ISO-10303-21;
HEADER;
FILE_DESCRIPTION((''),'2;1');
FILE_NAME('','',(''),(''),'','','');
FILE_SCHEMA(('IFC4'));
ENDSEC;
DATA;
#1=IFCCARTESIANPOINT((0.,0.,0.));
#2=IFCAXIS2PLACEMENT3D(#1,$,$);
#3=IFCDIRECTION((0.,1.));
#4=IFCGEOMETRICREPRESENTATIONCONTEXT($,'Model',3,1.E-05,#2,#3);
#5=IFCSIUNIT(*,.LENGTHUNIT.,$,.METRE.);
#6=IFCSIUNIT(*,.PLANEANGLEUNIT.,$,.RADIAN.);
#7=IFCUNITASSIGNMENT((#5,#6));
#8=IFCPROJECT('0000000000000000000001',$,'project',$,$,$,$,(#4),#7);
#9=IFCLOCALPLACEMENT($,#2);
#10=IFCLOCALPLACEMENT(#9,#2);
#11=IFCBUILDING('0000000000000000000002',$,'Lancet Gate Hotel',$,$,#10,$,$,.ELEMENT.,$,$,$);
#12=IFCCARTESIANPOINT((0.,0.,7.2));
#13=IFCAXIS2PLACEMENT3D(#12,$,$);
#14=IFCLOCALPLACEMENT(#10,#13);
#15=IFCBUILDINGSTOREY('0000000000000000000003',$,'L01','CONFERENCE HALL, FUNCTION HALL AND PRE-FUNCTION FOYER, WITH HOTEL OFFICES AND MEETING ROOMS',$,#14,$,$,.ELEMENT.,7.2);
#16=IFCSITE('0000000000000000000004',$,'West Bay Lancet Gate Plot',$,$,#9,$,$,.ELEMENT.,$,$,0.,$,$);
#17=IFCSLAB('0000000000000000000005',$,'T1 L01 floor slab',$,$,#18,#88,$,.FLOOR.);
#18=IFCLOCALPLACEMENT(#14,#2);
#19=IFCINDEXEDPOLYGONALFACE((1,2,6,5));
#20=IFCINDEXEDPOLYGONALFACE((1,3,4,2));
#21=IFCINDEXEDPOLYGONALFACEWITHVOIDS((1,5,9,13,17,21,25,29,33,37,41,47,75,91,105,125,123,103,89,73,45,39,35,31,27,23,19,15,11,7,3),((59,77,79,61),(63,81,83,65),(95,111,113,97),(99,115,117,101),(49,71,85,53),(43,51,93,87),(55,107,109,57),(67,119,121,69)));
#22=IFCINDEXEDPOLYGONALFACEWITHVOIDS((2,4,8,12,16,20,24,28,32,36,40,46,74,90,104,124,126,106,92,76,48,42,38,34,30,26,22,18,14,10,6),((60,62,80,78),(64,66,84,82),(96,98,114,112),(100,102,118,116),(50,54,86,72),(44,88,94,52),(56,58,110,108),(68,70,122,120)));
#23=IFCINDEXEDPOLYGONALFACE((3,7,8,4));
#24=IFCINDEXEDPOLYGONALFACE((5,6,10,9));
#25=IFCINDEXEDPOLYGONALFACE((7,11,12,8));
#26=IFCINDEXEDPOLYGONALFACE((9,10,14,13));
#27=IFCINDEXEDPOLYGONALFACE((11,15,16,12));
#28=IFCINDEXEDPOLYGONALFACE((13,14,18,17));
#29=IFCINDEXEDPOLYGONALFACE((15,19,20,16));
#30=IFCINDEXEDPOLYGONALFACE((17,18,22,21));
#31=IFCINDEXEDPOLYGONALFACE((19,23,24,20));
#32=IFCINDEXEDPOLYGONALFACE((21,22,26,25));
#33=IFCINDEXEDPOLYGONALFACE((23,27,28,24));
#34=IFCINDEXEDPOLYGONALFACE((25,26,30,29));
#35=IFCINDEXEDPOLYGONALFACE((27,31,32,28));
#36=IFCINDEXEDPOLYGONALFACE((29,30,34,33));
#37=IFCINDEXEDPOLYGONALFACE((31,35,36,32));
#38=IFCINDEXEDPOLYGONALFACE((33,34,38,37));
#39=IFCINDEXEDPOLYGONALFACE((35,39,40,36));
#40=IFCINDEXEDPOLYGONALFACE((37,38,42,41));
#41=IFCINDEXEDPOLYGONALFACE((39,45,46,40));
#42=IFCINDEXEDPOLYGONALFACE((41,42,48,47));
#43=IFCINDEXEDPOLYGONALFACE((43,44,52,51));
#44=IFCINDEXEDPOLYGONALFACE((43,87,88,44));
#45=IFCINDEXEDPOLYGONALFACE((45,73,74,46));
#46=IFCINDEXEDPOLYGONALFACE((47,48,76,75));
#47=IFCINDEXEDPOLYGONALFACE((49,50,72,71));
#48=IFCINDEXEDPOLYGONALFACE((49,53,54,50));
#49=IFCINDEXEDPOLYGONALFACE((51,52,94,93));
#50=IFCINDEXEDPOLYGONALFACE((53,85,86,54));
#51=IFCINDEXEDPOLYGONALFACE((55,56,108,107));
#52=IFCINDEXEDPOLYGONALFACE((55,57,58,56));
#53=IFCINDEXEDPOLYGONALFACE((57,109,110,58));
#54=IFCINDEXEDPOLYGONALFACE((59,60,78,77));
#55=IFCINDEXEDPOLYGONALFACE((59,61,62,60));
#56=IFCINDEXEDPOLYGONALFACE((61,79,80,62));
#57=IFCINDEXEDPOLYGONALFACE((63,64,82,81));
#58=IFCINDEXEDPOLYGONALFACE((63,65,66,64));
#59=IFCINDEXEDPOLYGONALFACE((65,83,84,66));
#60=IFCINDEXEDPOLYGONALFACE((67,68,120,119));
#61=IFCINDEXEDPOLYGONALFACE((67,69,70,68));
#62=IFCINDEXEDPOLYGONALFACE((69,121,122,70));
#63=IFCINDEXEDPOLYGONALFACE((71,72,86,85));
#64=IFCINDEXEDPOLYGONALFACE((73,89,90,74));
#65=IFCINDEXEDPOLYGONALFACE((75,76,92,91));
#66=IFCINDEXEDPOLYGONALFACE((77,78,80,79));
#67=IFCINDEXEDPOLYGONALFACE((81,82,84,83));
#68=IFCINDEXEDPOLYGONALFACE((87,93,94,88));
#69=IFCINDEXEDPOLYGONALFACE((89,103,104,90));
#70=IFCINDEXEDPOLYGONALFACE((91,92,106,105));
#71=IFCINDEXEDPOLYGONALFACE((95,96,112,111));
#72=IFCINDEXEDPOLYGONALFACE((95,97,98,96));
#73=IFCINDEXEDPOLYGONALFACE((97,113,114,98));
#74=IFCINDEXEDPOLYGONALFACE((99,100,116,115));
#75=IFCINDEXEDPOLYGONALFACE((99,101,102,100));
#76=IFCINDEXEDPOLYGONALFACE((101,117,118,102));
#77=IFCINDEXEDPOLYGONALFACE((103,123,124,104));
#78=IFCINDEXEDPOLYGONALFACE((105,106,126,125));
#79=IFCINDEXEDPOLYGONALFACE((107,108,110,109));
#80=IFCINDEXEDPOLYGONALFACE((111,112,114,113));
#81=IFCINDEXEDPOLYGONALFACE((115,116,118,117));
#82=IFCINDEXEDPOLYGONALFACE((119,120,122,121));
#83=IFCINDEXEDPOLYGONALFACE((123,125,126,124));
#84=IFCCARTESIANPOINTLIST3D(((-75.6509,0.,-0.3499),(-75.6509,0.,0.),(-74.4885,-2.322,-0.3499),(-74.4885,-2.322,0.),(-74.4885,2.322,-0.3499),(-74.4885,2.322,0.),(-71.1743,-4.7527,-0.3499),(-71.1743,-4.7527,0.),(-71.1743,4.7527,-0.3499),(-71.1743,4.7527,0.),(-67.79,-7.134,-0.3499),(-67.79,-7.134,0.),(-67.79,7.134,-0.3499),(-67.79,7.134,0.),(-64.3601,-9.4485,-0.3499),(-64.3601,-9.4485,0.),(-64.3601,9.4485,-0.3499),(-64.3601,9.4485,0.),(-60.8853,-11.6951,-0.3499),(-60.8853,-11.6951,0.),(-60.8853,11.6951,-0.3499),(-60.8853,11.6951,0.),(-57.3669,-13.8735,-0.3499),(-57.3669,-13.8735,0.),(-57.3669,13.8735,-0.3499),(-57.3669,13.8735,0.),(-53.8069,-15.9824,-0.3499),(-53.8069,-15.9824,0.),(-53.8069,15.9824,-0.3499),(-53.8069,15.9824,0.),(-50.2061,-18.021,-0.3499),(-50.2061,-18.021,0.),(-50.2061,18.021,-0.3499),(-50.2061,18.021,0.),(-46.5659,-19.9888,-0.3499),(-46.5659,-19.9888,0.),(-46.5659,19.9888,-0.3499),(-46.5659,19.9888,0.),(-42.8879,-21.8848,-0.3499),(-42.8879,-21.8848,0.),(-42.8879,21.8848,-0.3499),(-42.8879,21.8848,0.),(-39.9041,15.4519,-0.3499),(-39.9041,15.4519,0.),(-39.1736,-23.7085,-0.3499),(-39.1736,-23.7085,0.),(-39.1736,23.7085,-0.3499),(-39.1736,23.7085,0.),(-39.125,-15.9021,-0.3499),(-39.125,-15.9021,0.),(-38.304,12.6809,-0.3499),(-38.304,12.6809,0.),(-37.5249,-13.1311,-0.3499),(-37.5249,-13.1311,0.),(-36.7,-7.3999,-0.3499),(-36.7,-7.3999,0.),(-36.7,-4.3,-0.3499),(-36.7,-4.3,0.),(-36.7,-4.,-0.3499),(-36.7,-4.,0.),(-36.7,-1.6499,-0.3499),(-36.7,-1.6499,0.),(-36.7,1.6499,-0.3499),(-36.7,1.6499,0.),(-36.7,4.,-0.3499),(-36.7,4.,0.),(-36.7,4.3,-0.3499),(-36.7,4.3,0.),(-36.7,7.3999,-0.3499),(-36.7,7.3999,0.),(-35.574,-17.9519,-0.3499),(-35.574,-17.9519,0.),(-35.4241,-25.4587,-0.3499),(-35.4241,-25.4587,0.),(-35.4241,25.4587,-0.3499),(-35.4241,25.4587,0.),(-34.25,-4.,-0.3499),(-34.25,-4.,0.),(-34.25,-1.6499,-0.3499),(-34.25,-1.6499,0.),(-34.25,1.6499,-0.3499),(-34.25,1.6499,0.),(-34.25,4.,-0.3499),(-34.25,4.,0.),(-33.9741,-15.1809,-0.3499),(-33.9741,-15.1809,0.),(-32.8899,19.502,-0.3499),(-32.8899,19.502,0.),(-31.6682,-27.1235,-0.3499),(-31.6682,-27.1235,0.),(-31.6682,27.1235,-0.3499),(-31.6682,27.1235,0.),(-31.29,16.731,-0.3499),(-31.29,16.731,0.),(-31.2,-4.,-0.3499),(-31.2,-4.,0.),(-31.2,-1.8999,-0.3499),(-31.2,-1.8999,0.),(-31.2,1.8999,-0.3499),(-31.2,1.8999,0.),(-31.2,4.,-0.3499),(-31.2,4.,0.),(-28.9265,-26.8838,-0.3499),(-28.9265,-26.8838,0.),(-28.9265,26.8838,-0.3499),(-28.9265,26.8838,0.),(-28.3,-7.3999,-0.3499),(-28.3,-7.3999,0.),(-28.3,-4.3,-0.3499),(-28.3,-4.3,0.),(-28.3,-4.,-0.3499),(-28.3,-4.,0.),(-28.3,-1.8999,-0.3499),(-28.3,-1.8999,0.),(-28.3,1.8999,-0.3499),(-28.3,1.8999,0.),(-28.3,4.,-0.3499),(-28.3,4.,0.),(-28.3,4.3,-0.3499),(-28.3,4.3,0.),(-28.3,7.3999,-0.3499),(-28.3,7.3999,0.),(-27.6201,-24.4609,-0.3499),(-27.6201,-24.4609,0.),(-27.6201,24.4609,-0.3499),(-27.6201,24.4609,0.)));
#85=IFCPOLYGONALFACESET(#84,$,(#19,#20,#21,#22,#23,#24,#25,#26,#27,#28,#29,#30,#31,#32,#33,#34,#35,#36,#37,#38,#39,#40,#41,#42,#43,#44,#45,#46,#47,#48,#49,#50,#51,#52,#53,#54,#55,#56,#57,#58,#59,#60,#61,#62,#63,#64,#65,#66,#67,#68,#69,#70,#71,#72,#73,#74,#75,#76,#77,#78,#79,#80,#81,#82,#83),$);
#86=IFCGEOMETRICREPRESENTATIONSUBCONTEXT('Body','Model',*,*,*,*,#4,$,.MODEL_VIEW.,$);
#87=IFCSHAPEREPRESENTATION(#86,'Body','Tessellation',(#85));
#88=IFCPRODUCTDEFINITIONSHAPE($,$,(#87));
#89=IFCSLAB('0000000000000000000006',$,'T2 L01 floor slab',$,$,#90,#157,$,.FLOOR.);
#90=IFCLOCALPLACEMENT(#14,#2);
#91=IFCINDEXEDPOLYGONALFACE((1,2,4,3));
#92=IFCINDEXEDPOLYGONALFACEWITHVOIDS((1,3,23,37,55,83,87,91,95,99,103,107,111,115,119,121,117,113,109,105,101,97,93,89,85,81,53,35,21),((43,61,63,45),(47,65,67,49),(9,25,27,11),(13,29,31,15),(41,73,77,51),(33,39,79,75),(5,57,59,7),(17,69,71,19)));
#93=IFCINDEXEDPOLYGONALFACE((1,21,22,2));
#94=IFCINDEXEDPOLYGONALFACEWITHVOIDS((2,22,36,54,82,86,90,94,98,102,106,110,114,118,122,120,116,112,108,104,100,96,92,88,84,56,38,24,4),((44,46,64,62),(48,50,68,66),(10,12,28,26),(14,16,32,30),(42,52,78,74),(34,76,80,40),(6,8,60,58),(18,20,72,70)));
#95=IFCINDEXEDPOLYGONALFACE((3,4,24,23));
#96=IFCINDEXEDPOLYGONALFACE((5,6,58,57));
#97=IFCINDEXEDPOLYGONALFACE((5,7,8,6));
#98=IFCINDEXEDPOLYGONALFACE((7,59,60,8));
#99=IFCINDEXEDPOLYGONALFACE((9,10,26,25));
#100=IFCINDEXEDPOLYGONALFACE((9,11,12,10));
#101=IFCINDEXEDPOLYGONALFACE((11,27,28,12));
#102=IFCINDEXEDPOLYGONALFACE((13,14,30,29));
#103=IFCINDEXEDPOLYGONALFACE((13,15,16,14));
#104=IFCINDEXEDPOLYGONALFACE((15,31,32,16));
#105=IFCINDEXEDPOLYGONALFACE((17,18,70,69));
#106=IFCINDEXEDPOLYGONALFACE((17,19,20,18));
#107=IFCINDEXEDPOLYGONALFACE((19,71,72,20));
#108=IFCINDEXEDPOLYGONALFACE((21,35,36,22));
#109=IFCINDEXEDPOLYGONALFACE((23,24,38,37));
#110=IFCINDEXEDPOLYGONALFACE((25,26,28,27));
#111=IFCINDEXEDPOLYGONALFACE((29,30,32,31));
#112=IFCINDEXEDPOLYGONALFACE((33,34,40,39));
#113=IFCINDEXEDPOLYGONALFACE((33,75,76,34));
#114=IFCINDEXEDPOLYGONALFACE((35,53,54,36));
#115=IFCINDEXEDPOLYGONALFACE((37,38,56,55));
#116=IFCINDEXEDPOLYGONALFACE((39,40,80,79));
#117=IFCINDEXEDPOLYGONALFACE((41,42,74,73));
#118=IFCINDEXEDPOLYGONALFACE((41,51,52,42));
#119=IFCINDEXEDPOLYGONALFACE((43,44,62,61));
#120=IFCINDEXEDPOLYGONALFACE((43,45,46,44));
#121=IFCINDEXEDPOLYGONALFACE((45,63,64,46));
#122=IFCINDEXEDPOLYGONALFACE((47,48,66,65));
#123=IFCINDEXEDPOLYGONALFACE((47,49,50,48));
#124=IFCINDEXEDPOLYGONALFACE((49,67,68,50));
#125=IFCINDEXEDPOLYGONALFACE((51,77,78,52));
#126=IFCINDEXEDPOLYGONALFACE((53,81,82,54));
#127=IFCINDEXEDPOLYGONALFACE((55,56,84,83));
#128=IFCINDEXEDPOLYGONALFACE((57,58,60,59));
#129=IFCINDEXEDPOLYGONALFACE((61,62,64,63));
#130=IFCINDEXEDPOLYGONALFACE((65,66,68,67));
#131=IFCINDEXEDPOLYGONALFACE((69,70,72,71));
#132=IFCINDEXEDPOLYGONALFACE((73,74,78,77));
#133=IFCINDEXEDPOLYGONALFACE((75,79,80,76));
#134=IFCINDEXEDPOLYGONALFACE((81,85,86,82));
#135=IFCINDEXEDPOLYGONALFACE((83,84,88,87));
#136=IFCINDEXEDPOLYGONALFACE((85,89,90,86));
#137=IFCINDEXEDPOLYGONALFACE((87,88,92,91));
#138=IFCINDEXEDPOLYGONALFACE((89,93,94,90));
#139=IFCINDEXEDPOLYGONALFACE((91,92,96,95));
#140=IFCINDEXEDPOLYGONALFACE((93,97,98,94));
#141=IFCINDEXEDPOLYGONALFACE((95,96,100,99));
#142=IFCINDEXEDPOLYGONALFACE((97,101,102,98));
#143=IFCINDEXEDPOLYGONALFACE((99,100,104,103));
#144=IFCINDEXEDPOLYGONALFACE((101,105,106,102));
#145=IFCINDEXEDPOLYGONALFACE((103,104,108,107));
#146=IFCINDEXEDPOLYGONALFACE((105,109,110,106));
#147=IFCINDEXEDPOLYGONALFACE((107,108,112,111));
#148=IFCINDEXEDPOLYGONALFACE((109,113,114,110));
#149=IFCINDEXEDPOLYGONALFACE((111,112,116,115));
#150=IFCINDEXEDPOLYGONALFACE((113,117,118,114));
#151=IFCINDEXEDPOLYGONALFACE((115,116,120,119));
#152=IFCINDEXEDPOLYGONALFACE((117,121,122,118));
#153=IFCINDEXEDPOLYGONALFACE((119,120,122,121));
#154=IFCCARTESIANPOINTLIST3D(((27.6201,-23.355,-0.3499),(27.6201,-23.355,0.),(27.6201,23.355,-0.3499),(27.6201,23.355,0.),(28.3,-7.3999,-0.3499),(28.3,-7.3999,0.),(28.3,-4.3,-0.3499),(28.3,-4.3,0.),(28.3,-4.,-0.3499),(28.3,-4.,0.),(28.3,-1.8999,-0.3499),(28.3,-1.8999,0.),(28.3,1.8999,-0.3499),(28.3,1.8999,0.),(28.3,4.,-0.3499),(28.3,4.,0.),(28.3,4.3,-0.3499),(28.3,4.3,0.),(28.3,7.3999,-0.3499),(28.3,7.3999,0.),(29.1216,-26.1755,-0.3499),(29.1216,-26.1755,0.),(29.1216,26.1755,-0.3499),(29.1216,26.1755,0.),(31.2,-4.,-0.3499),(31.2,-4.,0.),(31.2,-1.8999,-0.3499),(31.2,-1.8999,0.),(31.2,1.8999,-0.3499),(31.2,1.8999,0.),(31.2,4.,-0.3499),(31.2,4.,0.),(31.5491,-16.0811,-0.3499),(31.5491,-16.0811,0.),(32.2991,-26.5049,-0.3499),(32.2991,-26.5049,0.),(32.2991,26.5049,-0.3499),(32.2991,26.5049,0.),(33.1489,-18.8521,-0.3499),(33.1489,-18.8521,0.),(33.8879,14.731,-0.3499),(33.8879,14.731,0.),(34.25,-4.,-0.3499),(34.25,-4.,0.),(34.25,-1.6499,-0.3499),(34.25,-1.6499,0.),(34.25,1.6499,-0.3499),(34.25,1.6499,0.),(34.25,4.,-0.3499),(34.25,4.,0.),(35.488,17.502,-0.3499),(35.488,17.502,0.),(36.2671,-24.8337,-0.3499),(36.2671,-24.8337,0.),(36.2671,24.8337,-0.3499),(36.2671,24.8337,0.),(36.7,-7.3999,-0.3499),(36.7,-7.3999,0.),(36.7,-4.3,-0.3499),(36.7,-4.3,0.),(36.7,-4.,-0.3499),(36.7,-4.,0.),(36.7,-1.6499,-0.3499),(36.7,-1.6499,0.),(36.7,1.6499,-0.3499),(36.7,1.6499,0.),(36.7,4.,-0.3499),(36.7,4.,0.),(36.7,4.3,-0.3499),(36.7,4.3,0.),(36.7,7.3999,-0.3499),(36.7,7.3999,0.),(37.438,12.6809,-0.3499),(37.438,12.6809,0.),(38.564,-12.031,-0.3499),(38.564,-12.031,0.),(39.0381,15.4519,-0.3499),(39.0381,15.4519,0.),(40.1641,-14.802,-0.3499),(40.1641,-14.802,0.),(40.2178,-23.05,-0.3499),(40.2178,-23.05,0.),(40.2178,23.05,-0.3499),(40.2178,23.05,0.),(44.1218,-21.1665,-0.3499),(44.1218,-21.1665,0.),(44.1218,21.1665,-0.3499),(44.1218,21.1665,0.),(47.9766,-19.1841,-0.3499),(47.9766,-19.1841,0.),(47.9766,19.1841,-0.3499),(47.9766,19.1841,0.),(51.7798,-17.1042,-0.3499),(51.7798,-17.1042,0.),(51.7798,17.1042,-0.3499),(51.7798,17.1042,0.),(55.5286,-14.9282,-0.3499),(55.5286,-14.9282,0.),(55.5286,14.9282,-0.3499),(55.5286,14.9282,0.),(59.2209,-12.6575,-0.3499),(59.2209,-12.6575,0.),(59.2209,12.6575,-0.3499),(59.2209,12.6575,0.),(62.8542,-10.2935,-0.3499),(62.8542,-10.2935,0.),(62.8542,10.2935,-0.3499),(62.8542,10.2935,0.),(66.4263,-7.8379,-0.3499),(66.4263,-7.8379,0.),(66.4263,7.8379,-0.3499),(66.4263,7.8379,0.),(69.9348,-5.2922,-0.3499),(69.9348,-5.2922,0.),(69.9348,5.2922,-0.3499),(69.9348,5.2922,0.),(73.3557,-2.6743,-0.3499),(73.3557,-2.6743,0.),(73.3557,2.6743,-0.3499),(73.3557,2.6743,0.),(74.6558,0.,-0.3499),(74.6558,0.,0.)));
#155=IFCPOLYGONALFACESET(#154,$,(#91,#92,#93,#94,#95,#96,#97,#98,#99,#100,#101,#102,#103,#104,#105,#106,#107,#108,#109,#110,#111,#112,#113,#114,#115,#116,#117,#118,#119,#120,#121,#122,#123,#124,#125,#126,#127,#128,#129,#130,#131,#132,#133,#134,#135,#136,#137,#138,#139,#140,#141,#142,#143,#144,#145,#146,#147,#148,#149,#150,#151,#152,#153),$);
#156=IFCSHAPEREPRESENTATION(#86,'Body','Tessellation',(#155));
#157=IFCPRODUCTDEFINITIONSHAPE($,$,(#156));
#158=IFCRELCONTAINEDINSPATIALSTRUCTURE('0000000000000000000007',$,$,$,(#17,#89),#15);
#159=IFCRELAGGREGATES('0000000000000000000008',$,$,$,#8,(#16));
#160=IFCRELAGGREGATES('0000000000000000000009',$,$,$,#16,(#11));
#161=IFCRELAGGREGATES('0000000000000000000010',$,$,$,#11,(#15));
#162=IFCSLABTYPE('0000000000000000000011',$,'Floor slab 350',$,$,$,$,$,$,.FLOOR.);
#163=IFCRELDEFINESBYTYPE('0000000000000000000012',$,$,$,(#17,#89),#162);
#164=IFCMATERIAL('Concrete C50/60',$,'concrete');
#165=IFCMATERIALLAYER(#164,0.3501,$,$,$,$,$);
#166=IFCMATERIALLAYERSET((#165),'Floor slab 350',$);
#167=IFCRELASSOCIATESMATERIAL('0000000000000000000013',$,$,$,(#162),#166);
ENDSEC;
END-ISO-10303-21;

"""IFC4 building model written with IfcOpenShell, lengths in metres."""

from ifc_helpers import new_model, si_unit, direction, frame, origin, place, context, subcontext, project, spatial, polyline, outline, extrude, material, layer, layer_set, type_object, element, save


model = new_model("IFC4")

# Units and contexts
model_context = context("Model", 3, precision=1e-05, world=origin(), true_north=direction((0.0, 1.0)))
body_context = subcontext(model_context, "Body", "Model", "MODEL_VIEW")
ifc_project = project(units=[si_unit("LENGTHUNIT", "METRE"), si_unit("PLANEANGLEUNIT", "RADIAN")], contexts=[model_context])

# Site, building, storey
site_placement = place(None, origin())
site = spatial("IfcSite", under=ifc_project, at=site_placement, Name="West Bay Lancet Gate Plot", CompositionType="ELEMENT", RefElevation=0.0)
building_placement = place(site_placement, origin())
building = spatial("IfcBuilding", under=site, at=building_placement, Name="Lancet Gate Hotel", CompositionType="ELEMENT")
storey_placement = place(building_placement, frame((0.0, 0.0, 7.2)))
storey = spatial("IfcBuildingStorey", under=building, at=storey_placement, Name="L01", Description="CONFERENCE HALL, FUNCTION HALL AND PRE-FUNCTION FOYER, WITH HOTEL OFFICES AND MEETING ROOMS", CompositionType="ELEMENT", Elevation=7.2)

# Slabs
ifc_material_1 = material(Name="Concrete C50/60", Category="concrete")
ifc_layer_1 = layer(ifc_material_1, 0.3501)
ifc_layer_set_1 = layer_set([ifc_layer_1], Name="Floor slab 350")
slab_type = type_object("IfcSlabType", Name="Floor slab 350", PredefinedType="FLOOR", material=ifc_layer_set_1)
slab_1_placement = place(storey_placement, frame((0.0, 0.0, -0.3499)))
element("IfcSlab", 1, at=slab_1_placement, inside=storey, type_object=slab_type, Name="T1 L01 floor slab", PredefinedType="FLOOR", context=body_context, shape_type="SweptSolid", body=[
    extrude(outline(polyline([(-27.6201, -24.4609), (-27.6201, 24.4609), (-28.9265, 26.8838), (-31.6682, 27.1235), (-35.4241, 25.4587), (-39.1736, 23.7085), (-42.8879, 21.8848), (-46.5659, 19.9888), (-50.2061, 18.021), (-53.8069, 15.9824), (-57.3669, 13.8735), (-60.8853, 11.6951), (-64.3601, 9.4485), (-67.79, 7.134), (-71.1743, 4.7527), (-74.4885, 2.322), (-75.6509, 0.0), (-74.4885, -2.322), (-71.1743, -4.7527), (-67.79, -7.134), (-64.3601, -9.4485), (-60.8853, -11.6951), (-57.3669, -13.8735), (-53.8069, -15.9824), (-50.2061, -18.021), (-46.5659, -19.9888), (-42.8879, -21.8848), (-39.1736, -23.7085), (-35.4241, -25.4587), (-31.6682, -27.1235), (-28.9265, -26.8838), (-27.6201, -24.4609)]), holes=[polyline([(-36.7, 7.3999), (-36.7, 4.3), (-28.3, 4.3), (-28.3, 7.3999), (-36.7, 7.3999)]), polyline([(-28.3, 4.0), (-31.2, 4.0), (-31.2, 1.8999), (-28.3, 1.8999), (-28.3, 4.0)]), polyline([(-34.25, 4.0), (-36.7, 4.0), (-36.7, 1.6499), (-34.25, 1.6499), (-34.25, 4.0)]), polyline([(-36.7, -1.6499), (-36.7, -4.0), (-34.25, -4.0), (-34.25, -1.6499), (-36.7, -1.6499)]), polyline([(-28.3, -1.8999), (-31.2, -1.8999), (-31.2, -4.0), (-28.3, -4.0), (-28.3, -1.8999)]), polyline([(-28.3, -4.3), (-36.7, -4.3), (-36.7, -7.3999), (-28.3, -7.3999), (-28.3, -4.3)]), polyline([(-31.29, 16.731), (-32.8899, 19.502), (-39.9041, 15.4519), (-38.304, 12.6809), (-31.29, 16.731)]), polyline([(-33.9741, -15.1809), (-37.5249, -13.1311), (-39.125, -15.9021), (-35.574, -17.9519), (-33.9741, -15.1809)])]), origin(), (0.0, 0.0, 1.0), 0.3499),
])
slab_2_placement = place(storey_placement, frame((0.0, 0.0, -0.3499)))
element("IfcSlab", 2, at=slab_2_placement, inside=storey, type_object=slab_type, Name="T2 L01 floor slab", PredefinedType="FLOOR", context=body_context, shape_type="SweptSolid", body=[
    extrude(outline(polyline([(27.6201, 23.355), (27.6201, -23.355), (29.1216, -26.1755), (32.2991, -26.5049), (36.2671, -24.8337), (40.2178, -23.05), (44.1218, -21.1665), (47.9766, -19.1841), (51.7798, -17.1042), (55.5286, -14.9282), (59.2209, -12.6575), (62.8542, -10.2935), (66.4263, -7.8379), (69.9348, -5.2922), (73.3557, -2.6743), (74.6558, 0.0), (73.3557, 2.6743), (69.9348, 5.2922), (66.4263, 7.8379), (62.8542, 10.2935), (59.2209, 12.6575), (55.5286, 14.9282), (51.7798, 17.1042), (47.9766, 19.1841), (44.1218, 21.1665), (40.2178, 23.05), (36.2671, 24.8337), (32.2991, 26.5049), (29.1216, 26.1755), (27.6201, 23.355)]), holes=[polyline([(36.7, -7.3999), (36.7, -4.3), (28.3, -4.3), (28.3, -7.3999), (36.7, -7.3999)]), polyline([(28.3, -4.0), (31.2, -4.0), (31.2, -1.8999), (28.3, -1.8999), (28.3, -4.0)]), polyline([(34.25, -4.0), (36.7, -4.0), (36.7, -1.6499), (34.25, -1.6499), (34.25, -4.0)]), polyline([(36.7, 1.6499), (36.7, 4.0), (34.25, 4.0), (34.25, 1.6499), (36.7, 1.6499)]), polyline([(28.3, 1.8999), (31.2, 1.8999), (31.2, 4.0), (28.3, 4.0), (28.3, 1.8999)]), polyline([(28.3, 4.3), (36.7, 4.3), (36.7, 7.3999), (28.3, 7.3999), (28.3, 4.3)]), polyline([(31.5491, -16.0811), (33.1489, -18.8521), (40.1641, -14.802), (38.564, -12.031), (31.5491, -16.0811)]), polyline([(33.8879, 14.731), (37.438, 12.6809), (39.0381, 15.4519), (35.488, 17.502), (33.8879, 14.731)])]), origin(), (0.0, 0.0, 1.0), 0.3499),
])

save(model, "model.ifc")
